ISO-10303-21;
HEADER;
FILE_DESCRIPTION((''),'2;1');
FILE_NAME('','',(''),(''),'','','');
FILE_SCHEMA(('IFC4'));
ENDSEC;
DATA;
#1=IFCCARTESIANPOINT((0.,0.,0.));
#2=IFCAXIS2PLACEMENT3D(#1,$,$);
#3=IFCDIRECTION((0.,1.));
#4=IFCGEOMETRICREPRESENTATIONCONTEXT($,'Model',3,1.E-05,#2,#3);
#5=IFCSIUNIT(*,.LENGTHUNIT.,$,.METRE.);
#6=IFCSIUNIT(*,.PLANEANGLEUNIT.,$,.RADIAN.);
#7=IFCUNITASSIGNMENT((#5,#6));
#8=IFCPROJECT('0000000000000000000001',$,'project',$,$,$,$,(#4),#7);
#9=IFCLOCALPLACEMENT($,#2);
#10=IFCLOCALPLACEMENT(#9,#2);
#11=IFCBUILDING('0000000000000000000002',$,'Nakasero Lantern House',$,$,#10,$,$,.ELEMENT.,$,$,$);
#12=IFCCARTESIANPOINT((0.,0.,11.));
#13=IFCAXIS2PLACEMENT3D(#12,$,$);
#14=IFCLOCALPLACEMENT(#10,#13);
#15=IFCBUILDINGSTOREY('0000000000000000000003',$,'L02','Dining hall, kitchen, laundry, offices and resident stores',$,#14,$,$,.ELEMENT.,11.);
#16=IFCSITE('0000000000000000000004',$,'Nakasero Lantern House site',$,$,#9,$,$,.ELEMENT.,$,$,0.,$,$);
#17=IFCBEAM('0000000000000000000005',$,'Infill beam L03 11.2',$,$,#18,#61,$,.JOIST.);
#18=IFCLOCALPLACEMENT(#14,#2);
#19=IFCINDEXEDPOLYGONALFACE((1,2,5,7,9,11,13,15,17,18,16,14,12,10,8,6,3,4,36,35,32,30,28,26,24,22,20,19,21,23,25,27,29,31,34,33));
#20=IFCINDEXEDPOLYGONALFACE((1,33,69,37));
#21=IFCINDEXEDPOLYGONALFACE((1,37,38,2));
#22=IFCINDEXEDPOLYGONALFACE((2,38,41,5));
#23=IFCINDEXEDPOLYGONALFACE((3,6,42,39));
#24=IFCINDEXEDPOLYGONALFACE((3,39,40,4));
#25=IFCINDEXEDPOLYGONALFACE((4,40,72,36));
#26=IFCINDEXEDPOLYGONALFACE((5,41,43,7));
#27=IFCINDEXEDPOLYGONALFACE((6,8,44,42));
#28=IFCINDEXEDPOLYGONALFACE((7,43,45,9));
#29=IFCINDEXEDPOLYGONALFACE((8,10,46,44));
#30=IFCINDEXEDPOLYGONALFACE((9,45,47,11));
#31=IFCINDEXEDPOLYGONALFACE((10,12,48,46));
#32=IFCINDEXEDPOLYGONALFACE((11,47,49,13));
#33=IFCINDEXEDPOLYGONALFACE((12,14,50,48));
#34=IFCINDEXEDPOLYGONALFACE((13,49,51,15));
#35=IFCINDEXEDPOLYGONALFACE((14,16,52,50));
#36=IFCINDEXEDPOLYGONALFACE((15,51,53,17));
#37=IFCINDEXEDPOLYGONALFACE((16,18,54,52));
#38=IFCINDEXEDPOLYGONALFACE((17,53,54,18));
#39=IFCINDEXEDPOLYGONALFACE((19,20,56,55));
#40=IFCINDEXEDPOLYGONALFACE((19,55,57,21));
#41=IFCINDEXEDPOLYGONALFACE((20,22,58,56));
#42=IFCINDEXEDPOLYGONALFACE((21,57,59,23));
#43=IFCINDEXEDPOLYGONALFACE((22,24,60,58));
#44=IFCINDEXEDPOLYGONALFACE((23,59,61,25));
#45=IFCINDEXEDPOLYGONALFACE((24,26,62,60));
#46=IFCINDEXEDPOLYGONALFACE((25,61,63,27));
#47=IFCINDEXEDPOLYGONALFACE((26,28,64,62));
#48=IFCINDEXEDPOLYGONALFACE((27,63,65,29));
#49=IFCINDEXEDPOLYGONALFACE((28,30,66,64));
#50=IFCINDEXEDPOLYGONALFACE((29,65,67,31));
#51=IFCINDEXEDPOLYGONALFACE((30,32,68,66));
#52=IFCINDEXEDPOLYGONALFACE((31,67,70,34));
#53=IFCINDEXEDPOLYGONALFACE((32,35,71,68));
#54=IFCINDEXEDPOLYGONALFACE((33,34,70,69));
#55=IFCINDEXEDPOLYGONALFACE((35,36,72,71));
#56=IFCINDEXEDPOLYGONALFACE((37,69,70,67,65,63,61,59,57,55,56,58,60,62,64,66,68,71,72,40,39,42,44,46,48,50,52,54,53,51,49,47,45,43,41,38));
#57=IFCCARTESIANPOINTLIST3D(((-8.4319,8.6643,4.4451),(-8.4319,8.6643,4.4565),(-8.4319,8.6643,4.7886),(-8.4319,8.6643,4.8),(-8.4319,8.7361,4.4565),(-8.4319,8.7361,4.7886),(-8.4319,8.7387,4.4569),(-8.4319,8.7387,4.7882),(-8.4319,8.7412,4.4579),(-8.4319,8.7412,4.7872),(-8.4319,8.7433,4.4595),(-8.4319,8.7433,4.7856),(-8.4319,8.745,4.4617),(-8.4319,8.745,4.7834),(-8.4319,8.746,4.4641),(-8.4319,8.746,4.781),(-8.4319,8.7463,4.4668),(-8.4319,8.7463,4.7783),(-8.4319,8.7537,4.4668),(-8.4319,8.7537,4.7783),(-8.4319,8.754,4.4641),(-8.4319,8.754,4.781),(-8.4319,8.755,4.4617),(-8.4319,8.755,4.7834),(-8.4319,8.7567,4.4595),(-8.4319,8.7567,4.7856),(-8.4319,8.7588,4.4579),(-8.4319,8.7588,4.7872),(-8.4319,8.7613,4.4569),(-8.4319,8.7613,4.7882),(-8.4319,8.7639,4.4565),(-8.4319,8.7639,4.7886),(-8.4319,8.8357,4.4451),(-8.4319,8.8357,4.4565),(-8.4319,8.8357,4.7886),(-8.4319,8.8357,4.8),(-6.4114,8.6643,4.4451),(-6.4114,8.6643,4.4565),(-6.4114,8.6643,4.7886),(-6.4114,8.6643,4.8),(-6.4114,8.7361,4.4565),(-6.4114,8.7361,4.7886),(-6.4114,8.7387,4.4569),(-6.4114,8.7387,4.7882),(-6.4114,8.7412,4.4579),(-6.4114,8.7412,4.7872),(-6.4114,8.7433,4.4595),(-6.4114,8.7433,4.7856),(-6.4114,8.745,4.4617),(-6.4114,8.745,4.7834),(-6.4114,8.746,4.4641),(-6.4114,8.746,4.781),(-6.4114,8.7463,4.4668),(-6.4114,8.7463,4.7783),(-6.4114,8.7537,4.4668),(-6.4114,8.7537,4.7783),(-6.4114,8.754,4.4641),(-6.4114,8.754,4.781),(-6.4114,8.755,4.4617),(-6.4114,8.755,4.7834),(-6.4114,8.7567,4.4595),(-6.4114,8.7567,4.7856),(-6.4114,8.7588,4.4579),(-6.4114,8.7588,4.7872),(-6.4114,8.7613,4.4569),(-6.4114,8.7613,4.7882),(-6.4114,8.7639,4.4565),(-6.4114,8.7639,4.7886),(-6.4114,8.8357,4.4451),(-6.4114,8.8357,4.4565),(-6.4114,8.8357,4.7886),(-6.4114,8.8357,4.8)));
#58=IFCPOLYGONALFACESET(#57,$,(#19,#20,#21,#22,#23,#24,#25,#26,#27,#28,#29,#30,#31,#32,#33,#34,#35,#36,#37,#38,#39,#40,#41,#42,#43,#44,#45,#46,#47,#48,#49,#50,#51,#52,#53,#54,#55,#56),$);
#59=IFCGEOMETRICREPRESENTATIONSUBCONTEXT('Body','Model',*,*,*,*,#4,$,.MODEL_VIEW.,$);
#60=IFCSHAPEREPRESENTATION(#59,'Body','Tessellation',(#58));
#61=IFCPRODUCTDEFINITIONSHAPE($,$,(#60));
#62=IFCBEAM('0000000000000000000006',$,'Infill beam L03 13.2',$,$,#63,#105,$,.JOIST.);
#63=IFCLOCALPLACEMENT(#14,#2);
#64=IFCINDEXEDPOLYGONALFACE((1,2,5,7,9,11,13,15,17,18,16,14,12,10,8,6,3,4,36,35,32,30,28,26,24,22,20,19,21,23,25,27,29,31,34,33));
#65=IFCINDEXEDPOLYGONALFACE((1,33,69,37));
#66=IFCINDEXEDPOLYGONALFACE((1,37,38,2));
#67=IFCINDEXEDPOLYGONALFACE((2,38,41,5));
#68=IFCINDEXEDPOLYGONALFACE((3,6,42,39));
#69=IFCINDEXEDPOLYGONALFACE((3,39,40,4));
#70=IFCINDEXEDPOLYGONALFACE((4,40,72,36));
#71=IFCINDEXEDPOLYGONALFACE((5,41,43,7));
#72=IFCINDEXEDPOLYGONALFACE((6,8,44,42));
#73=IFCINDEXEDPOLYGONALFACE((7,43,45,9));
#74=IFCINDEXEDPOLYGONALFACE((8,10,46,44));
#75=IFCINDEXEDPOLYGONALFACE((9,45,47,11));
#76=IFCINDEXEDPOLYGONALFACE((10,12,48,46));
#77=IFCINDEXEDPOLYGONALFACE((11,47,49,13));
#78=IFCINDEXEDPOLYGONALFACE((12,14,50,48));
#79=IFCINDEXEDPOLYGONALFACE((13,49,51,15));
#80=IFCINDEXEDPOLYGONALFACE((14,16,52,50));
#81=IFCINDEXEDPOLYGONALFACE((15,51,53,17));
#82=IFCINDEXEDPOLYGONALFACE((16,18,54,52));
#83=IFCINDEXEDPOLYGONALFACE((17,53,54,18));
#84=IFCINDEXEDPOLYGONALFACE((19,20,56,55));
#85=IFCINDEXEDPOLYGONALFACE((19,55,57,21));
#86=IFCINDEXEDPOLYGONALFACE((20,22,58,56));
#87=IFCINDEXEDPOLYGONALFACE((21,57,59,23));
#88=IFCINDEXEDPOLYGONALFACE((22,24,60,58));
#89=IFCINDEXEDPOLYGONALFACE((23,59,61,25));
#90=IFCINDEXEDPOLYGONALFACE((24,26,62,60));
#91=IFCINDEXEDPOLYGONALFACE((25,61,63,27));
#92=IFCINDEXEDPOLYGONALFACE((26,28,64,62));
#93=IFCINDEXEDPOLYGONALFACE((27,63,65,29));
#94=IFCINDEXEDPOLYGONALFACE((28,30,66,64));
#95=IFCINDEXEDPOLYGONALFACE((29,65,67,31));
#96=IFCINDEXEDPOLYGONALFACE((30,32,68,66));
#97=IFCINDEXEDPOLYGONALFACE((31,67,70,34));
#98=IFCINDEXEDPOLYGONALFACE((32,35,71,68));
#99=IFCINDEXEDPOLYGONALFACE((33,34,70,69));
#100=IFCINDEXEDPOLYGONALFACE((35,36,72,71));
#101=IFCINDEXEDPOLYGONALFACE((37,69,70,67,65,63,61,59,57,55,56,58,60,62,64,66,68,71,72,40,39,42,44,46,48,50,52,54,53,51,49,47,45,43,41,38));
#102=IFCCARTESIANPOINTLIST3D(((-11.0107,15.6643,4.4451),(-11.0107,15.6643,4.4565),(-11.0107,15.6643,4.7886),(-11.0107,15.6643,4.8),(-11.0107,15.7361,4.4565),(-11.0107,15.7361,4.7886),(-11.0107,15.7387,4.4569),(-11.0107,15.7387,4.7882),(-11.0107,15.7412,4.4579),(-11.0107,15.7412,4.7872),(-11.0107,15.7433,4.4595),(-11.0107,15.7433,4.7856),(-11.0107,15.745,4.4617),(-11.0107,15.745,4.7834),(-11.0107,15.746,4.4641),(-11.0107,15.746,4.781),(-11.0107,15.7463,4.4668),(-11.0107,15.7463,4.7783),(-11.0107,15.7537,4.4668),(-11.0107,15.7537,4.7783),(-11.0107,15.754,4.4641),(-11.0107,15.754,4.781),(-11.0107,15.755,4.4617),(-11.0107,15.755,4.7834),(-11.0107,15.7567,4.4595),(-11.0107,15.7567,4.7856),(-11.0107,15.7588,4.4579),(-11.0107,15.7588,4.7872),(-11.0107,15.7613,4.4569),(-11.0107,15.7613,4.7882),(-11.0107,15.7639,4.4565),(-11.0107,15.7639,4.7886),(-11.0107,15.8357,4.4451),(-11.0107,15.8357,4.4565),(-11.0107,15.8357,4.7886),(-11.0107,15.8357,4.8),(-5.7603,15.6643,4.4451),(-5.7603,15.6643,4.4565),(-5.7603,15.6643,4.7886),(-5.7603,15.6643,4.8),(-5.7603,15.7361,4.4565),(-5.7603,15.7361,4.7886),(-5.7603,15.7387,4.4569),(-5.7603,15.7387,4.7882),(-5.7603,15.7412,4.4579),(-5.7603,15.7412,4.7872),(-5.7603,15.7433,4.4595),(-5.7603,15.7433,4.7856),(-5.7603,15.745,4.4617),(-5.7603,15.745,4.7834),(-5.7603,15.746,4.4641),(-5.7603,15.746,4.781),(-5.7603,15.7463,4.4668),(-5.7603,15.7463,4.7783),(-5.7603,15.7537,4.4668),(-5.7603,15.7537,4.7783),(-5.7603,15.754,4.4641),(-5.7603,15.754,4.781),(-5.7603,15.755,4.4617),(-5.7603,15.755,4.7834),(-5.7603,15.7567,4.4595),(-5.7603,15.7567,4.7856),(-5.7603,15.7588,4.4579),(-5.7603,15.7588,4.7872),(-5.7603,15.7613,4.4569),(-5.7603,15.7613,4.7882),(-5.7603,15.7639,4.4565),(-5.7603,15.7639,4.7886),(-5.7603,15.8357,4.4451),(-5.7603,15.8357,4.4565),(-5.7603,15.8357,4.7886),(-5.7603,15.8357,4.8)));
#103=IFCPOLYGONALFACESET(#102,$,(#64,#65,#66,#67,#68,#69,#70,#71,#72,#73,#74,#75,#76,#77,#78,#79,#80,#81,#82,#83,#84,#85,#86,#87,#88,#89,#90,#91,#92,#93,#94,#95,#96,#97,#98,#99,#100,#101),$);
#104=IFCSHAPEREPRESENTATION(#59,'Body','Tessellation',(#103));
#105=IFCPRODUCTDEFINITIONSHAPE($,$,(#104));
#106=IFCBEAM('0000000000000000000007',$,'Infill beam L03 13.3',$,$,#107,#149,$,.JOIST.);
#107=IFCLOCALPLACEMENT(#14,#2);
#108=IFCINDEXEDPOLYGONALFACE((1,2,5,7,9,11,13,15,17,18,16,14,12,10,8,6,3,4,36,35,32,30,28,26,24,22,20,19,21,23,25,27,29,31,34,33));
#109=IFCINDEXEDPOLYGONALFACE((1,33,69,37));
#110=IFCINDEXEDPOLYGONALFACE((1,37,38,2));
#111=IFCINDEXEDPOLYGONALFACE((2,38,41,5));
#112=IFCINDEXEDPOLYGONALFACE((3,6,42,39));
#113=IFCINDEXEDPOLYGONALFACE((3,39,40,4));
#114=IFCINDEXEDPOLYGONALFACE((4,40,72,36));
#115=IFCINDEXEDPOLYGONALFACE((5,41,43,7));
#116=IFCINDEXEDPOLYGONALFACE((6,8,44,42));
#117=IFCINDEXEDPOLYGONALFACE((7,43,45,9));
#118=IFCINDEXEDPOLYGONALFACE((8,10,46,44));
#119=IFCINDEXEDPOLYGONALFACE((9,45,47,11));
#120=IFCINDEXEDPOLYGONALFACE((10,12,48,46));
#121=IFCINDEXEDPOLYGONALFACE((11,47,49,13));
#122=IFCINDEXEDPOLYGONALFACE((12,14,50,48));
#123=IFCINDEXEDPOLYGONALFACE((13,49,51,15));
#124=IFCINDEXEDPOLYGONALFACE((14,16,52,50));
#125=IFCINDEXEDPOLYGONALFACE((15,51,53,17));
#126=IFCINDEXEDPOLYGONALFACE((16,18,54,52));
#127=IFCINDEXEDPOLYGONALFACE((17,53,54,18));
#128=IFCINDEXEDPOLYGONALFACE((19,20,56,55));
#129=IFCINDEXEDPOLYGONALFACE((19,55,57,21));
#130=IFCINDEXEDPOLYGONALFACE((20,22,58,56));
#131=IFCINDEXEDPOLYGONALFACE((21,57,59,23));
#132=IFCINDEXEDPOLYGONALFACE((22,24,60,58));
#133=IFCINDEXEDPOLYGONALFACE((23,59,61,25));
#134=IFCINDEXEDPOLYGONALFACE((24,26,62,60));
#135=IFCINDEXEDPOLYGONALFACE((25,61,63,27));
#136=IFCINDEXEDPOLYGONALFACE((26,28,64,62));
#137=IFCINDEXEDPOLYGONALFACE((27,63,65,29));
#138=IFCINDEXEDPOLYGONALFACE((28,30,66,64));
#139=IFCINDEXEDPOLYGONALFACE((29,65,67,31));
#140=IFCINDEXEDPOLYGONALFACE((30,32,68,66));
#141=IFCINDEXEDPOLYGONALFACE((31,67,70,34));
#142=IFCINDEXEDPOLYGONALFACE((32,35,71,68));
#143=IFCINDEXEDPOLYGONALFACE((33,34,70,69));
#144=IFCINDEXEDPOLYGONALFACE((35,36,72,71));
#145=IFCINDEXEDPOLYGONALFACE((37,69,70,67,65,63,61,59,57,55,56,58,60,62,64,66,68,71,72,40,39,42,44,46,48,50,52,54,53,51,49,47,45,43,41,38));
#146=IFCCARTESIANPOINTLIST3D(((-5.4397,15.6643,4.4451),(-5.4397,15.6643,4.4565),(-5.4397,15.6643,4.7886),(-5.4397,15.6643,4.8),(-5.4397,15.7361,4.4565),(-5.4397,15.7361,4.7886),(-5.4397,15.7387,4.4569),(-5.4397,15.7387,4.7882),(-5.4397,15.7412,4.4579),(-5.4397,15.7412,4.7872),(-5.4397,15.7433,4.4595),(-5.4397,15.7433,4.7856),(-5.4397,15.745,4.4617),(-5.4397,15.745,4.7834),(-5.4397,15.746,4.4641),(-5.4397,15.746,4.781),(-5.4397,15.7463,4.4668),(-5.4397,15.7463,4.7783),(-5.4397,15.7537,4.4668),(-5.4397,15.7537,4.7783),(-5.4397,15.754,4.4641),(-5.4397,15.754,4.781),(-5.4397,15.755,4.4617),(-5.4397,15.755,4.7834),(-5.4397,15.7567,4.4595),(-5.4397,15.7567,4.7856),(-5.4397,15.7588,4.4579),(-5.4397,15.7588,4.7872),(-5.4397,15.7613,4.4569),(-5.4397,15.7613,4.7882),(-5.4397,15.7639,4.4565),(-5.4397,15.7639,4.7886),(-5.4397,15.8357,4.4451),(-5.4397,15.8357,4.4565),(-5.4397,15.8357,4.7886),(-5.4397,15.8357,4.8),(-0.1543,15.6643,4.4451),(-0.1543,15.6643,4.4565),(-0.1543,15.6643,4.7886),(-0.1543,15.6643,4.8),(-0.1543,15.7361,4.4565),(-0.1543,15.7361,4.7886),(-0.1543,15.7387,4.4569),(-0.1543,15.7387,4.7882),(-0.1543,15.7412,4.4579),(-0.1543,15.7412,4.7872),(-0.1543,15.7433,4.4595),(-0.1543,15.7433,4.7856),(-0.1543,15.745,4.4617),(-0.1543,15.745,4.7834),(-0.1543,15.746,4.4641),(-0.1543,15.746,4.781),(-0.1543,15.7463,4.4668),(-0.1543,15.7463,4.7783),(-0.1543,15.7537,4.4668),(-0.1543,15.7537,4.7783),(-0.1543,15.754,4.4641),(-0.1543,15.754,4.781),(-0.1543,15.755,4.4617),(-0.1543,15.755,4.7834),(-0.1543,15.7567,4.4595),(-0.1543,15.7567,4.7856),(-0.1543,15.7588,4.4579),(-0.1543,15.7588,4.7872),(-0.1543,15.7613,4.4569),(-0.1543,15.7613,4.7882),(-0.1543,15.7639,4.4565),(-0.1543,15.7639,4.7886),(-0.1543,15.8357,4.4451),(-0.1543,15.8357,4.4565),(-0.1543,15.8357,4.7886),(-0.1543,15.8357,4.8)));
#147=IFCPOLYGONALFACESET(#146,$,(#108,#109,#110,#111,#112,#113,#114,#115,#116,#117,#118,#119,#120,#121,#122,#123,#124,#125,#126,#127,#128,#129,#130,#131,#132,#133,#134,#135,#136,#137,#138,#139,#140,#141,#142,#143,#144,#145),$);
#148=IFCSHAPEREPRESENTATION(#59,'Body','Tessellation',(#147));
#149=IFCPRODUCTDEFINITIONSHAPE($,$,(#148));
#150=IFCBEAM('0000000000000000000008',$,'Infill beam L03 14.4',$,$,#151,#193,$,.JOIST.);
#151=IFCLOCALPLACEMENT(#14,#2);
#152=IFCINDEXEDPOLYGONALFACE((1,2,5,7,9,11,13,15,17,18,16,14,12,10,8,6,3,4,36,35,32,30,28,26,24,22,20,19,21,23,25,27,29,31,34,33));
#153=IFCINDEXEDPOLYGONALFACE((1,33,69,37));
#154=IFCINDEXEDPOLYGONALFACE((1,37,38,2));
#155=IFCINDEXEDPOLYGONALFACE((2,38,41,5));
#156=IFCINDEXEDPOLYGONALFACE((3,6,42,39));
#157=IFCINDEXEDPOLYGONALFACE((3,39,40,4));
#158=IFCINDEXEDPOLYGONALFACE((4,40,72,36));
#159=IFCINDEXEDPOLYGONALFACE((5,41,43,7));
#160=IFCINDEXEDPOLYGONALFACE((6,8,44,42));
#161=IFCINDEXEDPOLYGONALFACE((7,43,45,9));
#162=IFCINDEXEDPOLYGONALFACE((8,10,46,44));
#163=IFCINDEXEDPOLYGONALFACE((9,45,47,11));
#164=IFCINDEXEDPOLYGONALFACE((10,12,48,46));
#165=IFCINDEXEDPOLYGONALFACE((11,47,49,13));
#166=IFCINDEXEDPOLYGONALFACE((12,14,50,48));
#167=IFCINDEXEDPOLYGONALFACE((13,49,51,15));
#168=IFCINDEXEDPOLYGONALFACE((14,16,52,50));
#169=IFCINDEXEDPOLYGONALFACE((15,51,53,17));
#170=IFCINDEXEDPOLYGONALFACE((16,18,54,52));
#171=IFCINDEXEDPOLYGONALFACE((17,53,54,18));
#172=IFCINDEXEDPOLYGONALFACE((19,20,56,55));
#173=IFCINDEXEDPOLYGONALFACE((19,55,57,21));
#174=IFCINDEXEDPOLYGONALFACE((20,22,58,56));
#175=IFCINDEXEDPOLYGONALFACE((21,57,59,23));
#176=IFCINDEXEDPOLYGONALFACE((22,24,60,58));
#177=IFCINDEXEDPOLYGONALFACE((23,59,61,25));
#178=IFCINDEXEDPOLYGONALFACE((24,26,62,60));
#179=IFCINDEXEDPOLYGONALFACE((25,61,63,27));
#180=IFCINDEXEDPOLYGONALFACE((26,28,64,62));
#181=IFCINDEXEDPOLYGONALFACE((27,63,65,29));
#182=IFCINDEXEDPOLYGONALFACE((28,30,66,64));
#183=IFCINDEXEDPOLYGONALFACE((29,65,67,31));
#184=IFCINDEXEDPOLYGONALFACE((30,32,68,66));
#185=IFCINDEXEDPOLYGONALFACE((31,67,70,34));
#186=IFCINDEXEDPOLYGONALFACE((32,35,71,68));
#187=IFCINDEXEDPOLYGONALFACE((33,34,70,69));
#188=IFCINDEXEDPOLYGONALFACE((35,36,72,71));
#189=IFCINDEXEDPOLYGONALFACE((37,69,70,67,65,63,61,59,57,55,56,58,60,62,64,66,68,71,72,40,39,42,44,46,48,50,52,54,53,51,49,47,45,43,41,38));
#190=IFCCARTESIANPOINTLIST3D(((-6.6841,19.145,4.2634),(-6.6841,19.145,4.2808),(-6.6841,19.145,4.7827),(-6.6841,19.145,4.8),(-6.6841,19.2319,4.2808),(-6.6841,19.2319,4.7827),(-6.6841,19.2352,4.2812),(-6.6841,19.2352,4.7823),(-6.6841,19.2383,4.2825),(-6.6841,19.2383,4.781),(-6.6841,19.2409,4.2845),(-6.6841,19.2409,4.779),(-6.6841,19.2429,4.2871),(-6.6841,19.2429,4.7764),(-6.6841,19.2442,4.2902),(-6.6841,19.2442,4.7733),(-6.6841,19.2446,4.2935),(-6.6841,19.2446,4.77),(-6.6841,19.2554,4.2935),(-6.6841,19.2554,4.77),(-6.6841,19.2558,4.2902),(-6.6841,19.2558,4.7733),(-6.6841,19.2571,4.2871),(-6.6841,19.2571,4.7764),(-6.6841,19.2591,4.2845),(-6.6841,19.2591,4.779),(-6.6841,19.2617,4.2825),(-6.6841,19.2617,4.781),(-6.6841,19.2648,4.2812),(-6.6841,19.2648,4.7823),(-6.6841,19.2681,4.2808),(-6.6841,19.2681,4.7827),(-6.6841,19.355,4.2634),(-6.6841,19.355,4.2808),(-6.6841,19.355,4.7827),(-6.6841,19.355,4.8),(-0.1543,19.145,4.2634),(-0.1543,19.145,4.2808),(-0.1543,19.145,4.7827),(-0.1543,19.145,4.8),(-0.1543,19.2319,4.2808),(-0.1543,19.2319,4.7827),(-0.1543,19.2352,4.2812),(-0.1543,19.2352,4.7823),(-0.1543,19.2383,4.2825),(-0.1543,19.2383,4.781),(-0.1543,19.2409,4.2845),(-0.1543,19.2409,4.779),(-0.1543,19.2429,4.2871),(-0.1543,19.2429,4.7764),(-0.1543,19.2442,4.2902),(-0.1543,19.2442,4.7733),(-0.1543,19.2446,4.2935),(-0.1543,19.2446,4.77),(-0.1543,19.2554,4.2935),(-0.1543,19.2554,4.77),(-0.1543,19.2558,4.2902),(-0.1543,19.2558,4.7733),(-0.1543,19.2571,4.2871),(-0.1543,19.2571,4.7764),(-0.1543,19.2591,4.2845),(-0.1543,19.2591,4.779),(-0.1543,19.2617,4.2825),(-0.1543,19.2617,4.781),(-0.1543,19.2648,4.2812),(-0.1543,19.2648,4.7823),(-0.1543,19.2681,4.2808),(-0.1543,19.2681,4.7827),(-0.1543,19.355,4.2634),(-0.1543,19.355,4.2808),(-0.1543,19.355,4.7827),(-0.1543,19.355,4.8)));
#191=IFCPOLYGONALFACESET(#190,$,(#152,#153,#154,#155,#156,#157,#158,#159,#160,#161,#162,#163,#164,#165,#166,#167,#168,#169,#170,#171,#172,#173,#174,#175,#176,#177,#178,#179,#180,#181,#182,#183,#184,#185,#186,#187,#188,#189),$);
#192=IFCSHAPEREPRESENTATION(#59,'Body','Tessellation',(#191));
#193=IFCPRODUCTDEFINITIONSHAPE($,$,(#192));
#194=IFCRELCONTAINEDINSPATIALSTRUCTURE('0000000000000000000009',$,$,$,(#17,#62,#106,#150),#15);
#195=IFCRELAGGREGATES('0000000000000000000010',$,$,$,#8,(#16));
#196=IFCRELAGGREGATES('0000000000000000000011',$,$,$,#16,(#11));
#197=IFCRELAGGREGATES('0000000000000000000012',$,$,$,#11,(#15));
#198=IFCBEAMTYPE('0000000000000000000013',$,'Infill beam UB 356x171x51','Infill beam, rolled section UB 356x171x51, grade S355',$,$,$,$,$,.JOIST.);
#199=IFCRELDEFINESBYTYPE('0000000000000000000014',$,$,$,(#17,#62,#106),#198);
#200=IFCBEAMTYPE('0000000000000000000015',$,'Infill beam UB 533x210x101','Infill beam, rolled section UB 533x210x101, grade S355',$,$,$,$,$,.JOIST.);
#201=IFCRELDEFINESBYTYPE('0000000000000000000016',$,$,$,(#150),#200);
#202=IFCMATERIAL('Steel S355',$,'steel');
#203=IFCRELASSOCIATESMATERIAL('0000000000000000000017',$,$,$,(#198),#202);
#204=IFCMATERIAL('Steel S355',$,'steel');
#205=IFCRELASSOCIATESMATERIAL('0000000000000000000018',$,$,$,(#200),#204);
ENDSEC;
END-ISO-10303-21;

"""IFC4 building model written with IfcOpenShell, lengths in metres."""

from ifc_helpers import new_model, si_unit, direction, frame, origin, origin_2d, place, context, subcontext, project, spatial, i_section, extrude, material, material_profile, profile_set, type_object, element, save


model = new_model("IFC4")

# Units and contexts
model_context = context("Model", 3, precision=1e-05, world=origin(), true_north=direction((0.0, 1.0)))
body_context = subcontext(model_context, "Body", "Model", "MODEL_VIEW")
ifc_project = project(units=[si_unit("LENGTHUNIT", "METRE"), si_unit("PLANEANGLEUNIT", "RADIAN")], contexts=[model_context])

# Site, building, storey
site_placement = place(None, origin())
site = spatial("IfcSite", under=ifc_project, at=site_placement, Name="Nakasero Lantern House site", CompositionType="ELEMENT", RefElevation=0.0)
building_placement = place(site_placement, origin())
building = spatial("IfcBuilding", under=site, at=building_placement, Name="Nakasero Lantern House", CompositionType="ELEMENT")
storey_placement = place(building_placement, frame((0.0, 0.0, 11.0)))
storey = spatial("IfcBuildingStorey", under=building, at=storey_placement, Name="L02", Description="Dining hall, kitchen, laundry, offices and resident stores", CompositionType="ELEMENT", Elevation=11.0)

# Beams
ifc_material_1 = material(Name="Steel S355", Category="steel")
ifc_material_profile_1 = material_profile(ifc_material_1, i_section(OverallWidth=0.1714, OverallDepth=0.355, WebThickness=0.0073, FlangeThickness=0.0115, FilletRadius=0.0103, at=origin_2d()), Name="UB 356x171x51")
ifc_profile_set_1 = profile_set([ifc_material_profile_1], Name="Steel S355")
beam_type_1 = type_object("IfcBeamType", Name="Infill beam UB 356x171x51", Description="Infill beam, rolled section UB 356x171x51, grade S355", PredefinedType="JOIST", material=ifc_profile_set_1)
beam_1_placement = place(storey_placement, frame((-8.4319, 8.75, 4.6226), z_axis=(1.0, 0.0, 0.0), x_axis=(0.0, 1.0, 0.0)))
element("IfcBeam", 1, at=beam_1_placement, inside=storey, type_object=beam_type_1, Name="Infill beam L03 11.2", PredefinedType="JOIST", context=body_context, shape_type="SweptSolid", body=[
    extrude(i_section(OverallWidth=0.1714, OverallDepth=0.355, WebThickness=0.0073, FlangeThickness=0.0115, FilletRadius=0.0103, at=origin_2d()), origin(), (0.0, 0.0, 1.0), 2.0205),
])
beam_2_placement = place(storey_placement, frame((-11.0107, 15.75, 4.6226), z_axis=(1.0, 0.0, 0.0), x_axis=(0.0, 1.0, 0.0)))
element("IfcBeam", 2, at=beam_2_placement, inside=storey, type_object=beam_type_1, Name="Infill beam L03 13.2", PredefinedType="JOIST", context=body_context, shape_type="SweptSolid", body=[
    extrude(i_section(OverallWidth=0.1714, OverallDepth=0.355, WebThickness=0.0073, FlangeThickness=0.0115, FilletRadius=0.0103, at=origin_2d()), origin(), (0.0, 0.0, 1.0), 5.2505),
])
beam_3_placement = place(storey_placement, frame((-5.4397, 15.75, 4.6226), z_axis=(1.0, 0.0, 0.0), x_axis=(0.0, 1.0, 0.0)))
element("IfcBeam", 3, at=beam_3_placement, inside=storey, type_object=beam_type_1, Name="Infill beam L03 13.3", PredefinedType="JOIST", context=body_context, shape_type="SweptSolid", body=[
    extrude(i_section(OverallWidth=0.1714, OverallDepth=0.355, WebThickness=0.0073, FlangeThickness=0.0115, FilletRadius=0.0103, at=origin_2d()), origin(), (0.0, 0.0, 1.0), 5.2854),
])
ifc_material_2 = material(Name="Steel S355", Category="steel")
ifc_material_profile_2 = material_profile(ifc_material_2, i_section(OverallWidth=0.21, OverallDepth=0.5366, WebThickness=0.0107, FlangeThickness=0.0173, FilletRadius=0.0127, at=origin_2d()), Name="UB 533x210x101")
ifc_profile_set_2 = profile_set([ifc_material_profile_2], Name="Steel S355")
beam_type_2 = type_object("IfcBeamType", Name="Infill beam UB 533x210x101", Description="Infill beam, rolled section UB 533x210x101, grade S355", PredefinedType="JOIST", material=ifc_profile_set_2)
beam_4_placement = place(storey_placement, frame((-6.6841, 19.25, 4.5317), z_axis=(1.0, 0.0, 0.0), x_axis=(0.0, 1.0, 0.0)))
element("IfcBeam", 4, at=beam_4_placement, inside=storey, type_object=beam_type_2, Name="Infill beam L03 14.4", PredefinedType="JOIST", context=body_context, shape_type="SweptSolid", body=[
    extrude(i_section(OverallWidth=0.21, OverallDepth=0.5366, WebThickness=0.0107, FlangeThickness=0.0173, FilletRadius=0.0127, at=origin_2d()), origin(), (0.0, 0.0, 1.0), 6.5298),
])

save(model, "model.ifc")
